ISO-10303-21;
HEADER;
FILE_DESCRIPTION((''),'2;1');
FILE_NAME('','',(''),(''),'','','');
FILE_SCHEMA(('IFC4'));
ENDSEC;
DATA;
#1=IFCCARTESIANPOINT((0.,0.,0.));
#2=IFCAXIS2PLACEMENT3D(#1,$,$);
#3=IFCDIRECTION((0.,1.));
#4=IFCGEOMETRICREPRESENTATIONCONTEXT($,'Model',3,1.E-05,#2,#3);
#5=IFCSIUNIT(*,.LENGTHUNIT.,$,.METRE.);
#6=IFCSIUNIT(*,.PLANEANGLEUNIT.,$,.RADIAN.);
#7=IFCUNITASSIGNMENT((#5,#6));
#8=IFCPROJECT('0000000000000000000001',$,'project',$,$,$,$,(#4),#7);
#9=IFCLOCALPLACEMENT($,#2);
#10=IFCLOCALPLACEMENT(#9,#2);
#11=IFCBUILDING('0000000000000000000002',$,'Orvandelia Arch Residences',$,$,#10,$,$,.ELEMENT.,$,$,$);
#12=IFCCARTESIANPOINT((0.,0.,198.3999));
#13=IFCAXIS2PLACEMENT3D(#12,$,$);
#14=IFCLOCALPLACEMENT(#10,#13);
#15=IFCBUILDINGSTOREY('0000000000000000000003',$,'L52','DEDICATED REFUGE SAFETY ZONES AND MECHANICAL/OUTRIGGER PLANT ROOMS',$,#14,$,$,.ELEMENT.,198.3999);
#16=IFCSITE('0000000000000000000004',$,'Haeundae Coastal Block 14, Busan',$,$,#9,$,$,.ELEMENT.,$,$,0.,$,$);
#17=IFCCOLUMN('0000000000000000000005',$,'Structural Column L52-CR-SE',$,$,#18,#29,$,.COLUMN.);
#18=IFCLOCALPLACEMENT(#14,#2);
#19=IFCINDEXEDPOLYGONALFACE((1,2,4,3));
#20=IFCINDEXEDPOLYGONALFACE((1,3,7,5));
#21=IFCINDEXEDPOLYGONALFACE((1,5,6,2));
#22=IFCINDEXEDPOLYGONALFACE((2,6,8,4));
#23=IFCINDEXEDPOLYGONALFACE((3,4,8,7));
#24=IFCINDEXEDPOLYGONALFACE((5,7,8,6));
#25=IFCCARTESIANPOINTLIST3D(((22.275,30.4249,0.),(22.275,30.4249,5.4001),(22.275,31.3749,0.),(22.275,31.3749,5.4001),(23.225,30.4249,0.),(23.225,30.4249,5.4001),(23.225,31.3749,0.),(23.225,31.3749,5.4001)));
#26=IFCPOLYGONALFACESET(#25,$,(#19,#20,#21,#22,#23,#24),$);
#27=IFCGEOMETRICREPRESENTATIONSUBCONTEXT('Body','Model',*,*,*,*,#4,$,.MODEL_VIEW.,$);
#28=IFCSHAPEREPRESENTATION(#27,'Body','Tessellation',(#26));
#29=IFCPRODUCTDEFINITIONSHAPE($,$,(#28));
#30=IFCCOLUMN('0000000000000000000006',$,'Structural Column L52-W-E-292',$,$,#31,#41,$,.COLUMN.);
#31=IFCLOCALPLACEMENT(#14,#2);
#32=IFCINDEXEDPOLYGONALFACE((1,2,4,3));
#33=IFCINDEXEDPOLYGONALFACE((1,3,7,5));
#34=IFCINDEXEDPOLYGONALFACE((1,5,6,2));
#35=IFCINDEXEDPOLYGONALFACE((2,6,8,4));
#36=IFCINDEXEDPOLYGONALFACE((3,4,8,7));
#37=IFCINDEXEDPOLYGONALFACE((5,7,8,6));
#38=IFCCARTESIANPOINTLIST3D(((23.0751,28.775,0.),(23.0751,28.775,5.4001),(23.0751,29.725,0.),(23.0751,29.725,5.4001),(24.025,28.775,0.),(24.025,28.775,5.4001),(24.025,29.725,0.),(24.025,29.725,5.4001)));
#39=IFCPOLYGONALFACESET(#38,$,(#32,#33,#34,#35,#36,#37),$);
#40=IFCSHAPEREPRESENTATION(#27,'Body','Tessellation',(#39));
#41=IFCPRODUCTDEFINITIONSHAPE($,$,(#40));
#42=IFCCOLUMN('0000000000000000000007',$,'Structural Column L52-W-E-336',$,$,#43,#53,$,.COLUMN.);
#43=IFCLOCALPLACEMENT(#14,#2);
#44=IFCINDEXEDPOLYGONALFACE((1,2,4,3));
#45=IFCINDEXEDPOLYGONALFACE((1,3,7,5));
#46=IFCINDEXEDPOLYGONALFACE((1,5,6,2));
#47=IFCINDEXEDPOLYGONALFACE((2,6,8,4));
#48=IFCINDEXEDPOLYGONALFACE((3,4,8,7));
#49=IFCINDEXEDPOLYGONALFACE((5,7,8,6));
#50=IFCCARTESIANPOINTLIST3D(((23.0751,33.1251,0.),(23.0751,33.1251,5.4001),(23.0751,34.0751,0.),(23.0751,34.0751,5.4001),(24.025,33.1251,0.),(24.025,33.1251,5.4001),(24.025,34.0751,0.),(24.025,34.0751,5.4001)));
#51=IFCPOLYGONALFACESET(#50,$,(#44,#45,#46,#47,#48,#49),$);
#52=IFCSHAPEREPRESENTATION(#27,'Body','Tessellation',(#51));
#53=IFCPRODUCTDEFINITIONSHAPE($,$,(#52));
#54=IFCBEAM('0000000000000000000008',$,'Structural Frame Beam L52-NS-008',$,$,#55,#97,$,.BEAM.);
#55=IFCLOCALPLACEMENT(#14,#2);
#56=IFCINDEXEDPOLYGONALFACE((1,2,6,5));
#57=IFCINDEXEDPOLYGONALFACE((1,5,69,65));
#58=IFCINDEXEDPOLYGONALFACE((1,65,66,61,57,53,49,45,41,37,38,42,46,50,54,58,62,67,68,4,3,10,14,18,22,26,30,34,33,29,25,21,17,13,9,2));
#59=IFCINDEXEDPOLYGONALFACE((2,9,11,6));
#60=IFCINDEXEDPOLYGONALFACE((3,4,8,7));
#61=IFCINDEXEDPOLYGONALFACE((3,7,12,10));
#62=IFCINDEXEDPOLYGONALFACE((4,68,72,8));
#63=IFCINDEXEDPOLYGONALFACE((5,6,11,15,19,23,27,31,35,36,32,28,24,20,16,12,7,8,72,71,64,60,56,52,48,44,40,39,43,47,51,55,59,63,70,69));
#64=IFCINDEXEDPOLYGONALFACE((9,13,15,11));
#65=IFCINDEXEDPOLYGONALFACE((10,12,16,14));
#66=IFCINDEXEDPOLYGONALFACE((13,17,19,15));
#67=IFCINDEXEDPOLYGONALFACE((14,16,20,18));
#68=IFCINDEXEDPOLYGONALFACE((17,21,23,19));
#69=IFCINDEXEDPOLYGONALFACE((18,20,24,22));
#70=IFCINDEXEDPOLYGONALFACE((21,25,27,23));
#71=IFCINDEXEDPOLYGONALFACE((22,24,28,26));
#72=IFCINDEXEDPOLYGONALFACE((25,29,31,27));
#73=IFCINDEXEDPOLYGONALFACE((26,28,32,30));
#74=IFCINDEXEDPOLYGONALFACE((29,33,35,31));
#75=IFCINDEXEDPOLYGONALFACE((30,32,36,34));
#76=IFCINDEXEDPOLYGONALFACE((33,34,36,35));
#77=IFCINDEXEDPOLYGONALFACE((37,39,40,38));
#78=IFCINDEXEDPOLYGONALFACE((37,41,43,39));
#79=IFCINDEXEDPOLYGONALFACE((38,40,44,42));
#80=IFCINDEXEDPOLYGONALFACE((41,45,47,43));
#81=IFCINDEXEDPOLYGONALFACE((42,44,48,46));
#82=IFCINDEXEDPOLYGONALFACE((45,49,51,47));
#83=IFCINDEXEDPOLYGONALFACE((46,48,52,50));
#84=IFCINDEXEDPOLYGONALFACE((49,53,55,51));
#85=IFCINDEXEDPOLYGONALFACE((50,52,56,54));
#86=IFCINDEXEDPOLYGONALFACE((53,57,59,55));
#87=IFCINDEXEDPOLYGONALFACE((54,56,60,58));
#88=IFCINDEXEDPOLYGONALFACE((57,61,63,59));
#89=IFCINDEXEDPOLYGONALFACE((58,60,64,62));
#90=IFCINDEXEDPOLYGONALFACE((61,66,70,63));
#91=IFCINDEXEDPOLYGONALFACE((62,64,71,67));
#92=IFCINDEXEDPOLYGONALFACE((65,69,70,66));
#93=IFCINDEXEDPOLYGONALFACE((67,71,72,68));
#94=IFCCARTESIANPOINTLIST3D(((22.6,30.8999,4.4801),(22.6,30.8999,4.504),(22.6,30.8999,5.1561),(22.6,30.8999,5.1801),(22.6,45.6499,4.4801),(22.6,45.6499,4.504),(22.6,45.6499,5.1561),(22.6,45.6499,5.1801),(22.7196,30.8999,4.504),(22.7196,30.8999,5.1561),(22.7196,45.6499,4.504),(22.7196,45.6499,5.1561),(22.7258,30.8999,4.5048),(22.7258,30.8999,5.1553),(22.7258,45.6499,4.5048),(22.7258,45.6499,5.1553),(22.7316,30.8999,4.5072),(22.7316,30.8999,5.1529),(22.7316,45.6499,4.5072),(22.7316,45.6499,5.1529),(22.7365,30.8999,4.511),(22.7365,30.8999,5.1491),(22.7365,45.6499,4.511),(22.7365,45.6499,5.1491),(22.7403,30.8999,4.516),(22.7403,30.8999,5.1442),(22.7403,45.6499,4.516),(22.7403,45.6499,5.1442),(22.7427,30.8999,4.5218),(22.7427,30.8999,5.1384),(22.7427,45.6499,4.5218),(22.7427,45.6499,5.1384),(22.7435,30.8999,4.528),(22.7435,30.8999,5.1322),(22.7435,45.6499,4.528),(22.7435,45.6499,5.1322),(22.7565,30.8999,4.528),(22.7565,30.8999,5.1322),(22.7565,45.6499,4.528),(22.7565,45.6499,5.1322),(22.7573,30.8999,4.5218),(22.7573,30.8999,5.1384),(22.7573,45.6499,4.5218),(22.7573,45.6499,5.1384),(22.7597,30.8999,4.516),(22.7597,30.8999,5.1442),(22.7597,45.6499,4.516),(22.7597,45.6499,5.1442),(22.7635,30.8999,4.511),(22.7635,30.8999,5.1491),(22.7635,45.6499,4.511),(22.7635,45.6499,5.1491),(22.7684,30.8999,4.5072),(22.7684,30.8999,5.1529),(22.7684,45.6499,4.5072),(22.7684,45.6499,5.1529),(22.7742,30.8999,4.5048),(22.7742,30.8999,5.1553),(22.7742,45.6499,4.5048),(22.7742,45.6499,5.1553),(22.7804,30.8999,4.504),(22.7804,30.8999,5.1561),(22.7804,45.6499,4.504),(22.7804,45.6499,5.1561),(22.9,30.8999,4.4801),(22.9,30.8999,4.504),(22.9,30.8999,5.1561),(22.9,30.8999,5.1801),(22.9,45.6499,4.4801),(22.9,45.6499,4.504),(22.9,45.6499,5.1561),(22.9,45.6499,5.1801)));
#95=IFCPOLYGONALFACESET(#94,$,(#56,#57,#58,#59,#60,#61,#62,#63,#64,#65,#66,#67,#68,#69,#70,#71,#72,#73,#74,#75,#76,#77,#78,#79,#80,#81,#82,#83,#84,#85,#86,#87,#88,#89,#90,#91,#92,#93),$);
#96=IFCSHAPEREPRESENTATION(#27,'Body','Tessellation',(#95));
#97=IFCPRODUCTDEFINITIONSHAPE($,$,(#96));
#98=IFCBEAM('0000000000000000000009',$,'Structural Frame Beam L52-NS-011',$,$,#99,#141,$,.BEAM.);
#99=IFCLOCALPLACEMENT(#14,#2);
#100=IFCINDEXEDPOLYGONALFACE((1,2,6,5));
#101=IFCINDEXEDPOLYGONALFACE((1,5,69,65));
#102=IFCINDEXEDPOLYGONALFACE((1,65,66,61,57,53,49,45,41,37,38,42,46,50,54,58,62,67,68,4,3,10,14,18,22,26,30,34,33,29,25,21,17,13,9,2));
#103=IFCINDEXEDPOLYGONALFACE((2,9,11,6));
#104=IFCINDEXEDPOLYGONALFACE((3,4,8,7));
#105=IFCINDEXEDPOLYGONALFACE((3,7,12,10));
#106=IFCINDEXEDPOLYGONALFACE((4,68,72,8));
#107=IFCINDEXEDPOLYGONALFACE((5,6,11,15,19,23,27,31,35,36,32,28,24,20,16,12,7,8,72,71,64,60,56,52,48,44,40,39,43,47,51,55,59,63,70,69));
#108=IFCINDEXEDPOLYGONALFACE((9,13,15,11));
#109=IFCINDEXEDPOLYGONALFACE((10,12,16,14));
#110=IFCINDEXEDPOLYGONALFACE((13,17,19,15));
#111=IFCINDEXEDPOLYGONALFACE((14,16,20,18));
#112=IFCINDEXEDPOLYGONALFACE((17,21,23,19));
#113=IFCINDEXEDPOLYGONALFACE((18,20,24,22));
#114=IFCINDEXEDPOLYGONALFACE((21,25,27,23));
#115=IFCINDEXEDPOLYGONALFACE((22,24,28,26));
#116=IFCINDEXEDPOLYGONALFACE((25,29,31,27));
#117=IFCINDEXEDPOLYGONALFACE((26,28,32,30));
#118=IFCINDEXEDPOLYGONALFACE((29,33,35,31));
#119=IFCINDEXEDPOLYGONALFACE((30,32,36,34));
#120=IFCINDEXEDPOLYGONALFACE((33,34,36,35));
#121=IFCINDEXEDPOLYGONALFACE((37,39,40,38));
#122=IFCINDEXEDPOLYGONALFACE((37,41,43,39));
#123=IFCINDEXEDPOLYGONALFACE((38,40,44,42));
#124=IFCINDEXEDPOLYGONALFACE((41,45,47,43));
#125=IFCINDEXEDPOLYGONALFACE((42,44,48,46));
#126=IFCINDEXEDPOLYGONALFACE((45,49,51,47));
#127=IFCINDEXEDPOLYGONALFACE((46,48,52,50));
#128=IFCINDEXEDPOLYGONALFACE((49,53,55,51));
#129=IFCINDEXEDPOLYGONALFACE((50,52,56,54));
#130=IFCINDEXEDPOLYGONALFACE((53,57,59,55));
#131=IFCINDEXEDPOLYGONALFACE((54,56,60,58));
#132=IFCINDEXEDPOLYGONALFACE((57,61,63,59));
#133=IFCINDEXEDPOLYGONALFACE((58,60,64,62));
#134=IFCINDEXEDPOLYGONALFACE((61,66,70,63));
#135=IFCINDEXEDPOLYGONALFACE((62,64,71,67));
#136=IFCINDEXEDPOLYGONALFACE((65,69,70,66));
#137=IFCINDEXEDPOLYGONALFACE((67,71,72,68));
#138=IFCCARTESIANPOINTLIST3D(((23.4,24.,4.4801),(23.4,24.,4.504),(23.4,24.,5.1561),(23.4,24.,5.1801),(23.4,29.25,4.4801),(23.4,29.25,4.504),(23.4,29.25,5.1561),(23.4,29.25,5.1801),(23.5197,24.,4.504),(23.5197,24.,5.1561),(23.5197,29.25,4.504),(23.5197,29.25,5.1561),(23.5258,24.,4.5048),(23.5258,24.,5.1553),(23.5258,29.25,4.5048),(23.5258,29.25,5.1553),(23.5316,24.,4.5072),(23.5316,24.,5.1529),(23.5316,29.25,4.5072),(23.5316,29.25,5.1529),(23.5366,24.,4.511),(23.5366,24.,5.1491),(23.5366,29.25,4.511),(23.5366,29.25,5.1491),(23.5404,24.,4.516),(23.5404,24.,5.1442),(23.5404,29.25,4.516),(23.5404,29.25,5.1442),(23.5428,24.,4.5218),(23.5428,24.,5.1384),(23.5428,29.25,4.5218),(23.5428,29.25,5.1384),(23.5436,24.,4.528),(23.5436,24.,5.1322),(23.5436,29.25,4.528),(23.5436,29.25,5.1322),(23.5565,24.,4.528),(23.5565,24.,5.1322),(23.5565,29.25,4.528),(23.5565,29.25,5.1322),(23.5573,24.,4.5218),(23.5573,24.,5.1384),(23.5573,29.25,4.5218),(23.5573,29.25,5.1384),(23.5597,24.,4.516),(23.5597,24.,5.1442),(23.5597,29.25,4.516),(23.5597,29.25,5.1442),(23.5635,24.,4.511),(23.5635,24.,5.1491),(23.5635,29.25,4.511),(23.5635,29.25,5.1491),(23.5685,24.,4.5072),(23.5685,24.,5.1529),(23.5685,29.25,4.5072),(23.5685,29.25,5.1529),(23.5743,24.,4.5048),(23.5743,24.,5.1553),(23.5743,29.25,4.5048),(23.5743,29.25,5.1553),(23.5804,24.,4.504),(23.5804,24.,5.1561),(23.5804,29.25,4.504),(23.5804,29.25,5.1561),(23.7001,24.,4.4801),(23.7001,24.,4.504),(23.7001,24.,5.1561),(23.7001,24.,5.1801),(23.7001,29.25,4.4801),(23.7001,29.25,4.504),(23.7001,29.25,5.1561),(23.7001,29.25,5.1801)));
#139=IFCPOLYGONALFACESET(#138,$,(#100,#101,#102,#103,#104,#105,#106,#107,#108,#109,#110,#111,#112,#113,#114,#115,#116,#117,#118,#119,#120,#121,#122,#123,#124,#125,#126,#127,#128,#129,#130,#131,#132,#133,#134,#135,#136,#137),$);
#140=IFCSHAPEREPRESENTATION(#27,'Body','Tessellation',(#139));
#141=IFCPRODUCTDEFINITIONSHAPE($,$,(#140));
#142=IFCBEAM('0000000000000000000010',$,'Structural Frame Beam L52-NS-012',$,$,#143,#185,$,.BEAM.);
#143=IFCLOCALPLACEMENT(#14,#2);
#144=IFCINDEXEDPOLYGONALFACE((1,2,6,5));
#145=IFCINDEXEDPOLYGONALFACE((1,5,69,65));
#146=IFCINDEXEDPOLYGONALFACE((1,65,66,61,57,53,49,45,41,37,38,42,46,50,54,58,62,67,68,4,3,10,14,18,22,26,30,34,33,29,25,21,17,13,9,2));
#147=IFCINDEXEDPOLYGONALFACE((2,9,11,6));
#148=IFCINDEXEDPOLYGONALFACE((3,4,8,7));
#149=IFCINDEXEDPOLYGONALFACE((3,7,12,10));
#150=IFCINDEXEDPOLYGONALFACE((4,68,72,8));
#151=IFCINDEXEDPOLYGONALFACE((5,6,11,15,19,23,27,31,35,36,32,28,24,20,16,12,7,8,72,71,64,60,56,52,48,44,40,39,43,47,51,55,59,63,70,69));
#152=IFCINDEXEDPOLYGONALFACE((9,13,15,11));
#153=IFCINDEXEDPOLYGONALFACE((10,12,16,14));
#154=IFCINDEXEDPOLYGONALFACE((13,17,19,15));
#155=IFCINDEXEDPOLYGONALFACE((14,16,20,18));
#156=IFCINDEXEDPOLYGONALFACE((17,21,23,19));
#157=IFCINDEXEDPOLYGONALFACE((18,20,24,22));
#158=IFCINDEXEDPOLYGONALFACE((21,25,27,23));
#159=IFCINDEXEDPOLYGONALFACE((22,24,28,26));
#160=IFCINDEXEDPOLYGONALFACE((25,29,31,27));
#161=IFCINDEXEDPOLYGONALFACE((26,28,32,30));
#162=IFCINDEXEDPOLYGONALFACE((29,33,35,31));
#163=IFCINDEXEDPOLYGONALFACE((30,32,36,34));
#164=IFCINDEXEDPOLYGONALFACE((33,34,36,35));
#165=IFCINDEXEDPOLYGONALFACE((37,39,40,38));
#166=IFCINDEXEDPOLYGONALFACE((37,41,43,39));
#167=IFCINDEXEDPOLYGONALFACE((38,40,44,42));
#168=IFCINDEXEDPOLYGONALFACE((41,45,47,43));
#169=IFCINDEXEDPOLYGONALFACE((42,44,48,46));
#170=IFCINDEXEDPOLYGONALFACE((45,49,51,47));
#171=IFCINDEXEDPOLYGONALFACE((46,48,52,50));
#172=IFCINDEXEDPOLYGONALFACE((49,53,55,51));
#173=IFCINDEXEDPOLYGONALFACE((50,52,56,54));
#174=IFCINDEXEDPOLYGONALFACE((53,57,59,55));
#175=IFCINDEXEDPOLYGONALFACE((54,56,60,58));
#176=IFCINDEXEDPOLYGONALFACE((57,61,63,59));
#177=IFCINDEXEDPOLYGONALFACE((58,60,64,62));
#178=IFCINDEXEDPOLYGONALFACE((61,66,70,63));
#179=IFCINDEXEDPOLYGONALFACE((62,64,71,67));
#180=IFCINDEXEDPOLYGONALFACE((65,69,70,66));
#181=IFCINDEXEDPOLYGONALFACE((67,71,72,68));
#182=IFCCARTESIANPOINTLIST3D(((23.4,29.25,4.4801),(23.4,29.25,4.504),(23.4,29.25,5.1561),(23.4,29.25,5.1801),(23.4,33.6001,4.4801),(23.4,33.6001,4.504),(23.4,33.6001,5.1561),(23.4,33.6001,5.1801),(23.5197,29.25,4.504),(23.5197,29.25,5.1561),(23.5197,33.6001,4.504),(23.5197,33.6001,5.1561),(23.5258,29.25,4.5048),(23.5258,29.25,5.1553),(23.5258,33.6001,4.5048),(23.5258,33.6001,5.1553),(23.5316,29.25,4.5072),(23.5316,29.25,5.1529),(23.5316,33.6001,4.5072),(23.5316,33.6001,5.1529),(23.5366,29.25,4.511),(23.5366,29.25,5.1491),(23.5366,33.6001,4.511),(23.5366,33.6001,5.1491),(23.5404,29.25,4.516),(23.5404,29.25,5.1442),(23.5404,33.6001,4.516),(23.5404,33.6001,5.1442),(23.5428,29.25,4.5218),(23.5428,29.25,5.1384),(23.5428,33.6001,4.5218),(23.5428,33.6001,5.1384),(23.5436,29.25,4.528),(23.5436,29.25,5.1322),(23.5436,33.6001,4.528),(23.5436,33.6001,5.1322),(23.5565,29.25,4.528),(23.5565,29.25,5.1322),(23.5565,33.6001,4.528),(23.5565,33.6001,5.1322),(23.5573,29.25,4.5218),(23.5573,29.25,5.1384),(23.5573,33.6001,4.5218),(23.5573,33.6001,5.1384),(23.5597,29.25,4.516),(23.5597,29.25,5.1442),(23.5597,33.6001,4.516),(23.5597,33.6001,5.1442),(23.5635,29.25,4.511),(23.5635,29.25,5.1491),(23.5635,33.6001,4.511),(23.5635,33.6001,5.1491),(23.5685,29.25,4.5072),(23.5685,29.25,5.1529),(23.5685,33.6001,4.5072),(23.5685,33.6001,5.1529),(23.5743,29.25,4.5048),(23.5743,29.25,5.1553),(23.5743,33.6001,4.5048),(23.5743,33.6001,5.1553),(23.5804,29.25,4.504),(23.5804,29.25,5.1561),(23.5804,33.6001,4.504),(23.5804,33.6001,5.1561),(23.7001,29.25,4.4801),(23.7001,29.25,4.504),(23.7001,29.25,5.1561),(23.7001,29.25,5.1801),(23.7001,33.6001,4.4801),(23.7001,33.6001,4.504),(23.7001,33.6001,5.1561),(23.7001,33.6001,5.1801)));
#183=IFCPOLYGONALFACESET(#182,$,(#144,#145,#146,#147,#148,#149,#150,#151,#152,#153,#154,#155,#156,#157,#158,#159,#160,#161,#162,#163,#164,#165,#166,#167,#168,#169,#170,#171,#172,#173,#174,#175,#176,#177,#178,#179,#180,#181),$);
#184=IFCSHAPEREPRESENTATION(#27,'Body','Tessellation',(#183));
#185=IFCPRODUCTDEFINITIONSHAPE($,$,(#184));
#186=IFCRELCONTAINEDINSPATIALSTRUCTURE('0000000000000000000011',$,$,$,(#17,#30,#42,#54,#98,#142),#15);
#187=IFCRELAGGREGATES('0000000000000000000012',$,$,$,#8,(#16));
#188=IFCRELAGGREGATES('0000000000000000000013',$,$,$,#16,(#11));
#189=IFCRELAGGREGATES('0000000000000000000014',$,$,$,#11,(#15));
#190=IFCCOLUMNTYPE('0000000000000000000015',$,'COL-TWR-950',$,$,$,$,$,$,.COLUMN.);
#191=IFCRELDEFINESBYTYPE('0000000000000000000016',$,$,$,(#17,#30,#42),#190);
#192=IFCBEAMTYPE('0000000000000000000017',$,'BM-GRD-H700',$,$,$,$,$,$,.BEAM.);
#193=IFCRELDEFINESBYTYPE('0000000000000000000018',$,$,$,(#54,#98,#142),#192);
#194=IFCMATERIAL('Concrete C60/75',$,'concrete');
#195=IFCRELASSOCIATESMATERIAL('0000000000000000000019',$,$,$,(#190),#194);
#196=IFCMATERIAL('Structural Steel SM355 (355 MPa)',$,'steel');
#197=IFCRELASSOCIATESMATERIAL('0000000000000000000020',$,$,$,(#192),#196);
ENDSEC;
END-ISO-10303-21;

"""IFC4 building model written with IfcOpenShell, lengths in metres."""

from ifc_helpers import new_model, si_unit, direction, frame, origin, origin_2d, place, context, subcontext, project, spatial, rectangle, i_section, extrude, material, material_profile, profile_set, type_object, element, save


model = new_model("IFC4")

# Units and contexts
model_context = context("Model", 3, precision=1e-05, world=origin(), true_north=direction((0.0, 1.0)))
body_context = subcontext(model_context, "Body", "Model", "MODEL_VIEW")
ifc_project = project(units=[si_unit("LENGTHUNIT", "METRE"), si_unit("PLANEANGLEUNIT", "RADIAN")], contexts=[model_context])

# Site, building, storey
site_placement = place(None, origin())
site = spatial("IfcSite", under=ifc_project, at=site_placement, Name="Haeundae Coastal Block 14, Busan", CompositionType="ELEMENT", RefElevation=0.0)
building_placement = place(site_placement, origin())
building = spatial("IfcBuilding", under=site, at=building_placement, Name="Orvandelia Arch Residences", CompositionType="ELEMENT")
storey_placement = place(building_placement, frame((0.0, 0.0, 198.3999)))
storey = spatial("IfcBuildingStorey", under=building, at=storey_placement, Name="L52", Description="DEDICATED REFUGE SAFETY ZONES AND MECHANICAL/OUTRIGGER PLANT ROOMS", CompositionType="ELEMENT", Elevation=198.3999)

# Columns
ifc_material_1 = material(Name="Concrete C60/75", Category="concrete")
ifc_material_profile_1 = material_profile(ifc_material_1, rectangle(XDim=0.95, YDim=0.95, at=origin_2d()), Name="Concrete C60/75", Category="concrete")
ifc_profile_set_1 = profile_set([ifc_material_profile_1], Name="Concrete C60/75")
column_type = type_object("IfcColumnType", Name="COL-TWR-950", PredefinedType="COLUMN", material=ifc_profile_set_1)
for number, where, z_axis, x_axis, name in (
    (1, (22.75, 30.8999, 0.0), (0.0, 0.0, 1.0), (1.0, 0.0, 0.0), "Structural Column L52-CR-SE"),
    (2, (23.55, 29.25, 0.0), (0.0, 0.0, 1.0), (1.0, 0.0, 0.0), "Structural Column L52-W-E-292"),
    (3, (23.55, 33.6001, 0.0), (0.0, 0.0, 1.0), (1.0, 0.0, 0.0), "Structural Column L52-W-E-336"),
):
    element("IfcColumn", number, at=place(storey_placement, frame(where, z_axis=z_axis, x_axis=x_axis)), inside=storey, type_object=column_type, Name=name, PredefinedType="COLUMN", context=body_context, shape_type="SweptSolid", body=[
        extrude(rectangle(XDim=0.95, YDim=0.95, at=origin_2d()), origin(), (0.0, 0.0, 1.0), 5.4001),
    ])

# Beams
ifc_material_2 = material(Name="Structural Steel SM355 (355 MPa)", Category="steel")
ifc_material_profile_2 = material_profile(ifc_material_2, i_section(OverallWidth=0.3, OverallDepth=0.7, WebThickness=0.0129, FlangeThickness=0.0239, FilletRadius=0.0239, at=origin_2d()), Name="Structural Steel SM355 (355 MPa)", Category="steel")
ifc_profile_set_2 = profile_set([ifc_material_profile_2], Name="Structural Steel SM355 (355 MPa)")
beam_type = type_object("IfcBeamType", Name="BM-GRD-H700", PredefinedType="BEAM", material=ifc_profile_set_2)
beam_1_placement = place(storey_placement, frame((22.75, 30.8999, 4.8301), z_axis=(0.0, 1.0, 0.0), x_axis=(-1.0, 0.0, 0.0)))
element("IfcBeam", 4, at=beam_1_placement, inside=storey, type_object=beam_type, Name="Structural Frame Beam L52-NS-008", PredefinedType="BEAM", context=body_context, shape_type="SweptSolid", body=[
    extrude(i_section(OverallWidth=0.3, OverallDepth=0.7, WebThickness=0.0129, FlangeThickness=0.0239, FilletRadius=0.0239, at=origin_2d()), origin(), (0.0, 0.0, 1.0), 14.75),
])
beam_2_placement = place(storey_placement, frame((23.55, 24.0, 4.8301), z_axis=(0.0, 1.0, 0.0), x_axis=(-1.0, 0.0, 0.0)))
element("IfcBeam", 5, at=beam_2_placement, inside=storey, type_object=beam_type, Name="Structural Frame Beam L52-NS-011", PredefinedType="BEAM", context=body_context, shape_type="SweptSolid", body=[
    extrude(i_section(OverallWidth=0.3, OverallDepth=0.7, WebThickness=0.0129, FlangeThickness=0.0239, FilletRadius=0.0239, at=origin_2d()), origin(), (0.0, 0.0, 1.0), 5.25),
])
beam_3_placement = place(storey_placement, frame((23.55, 29.25, 4.8301), z_axis=(0.0, 1.0, 0.0), x_axis=(-1.0, 0.0, 0.0)))
element("IfcBeam", 6, at=beam_3_placement, inside=storey, type_object=beam_type, Name="Structural Frame Beam L52-NS-012", PredefinedType="BEAM", context=body_context, shape_type="SweptSolid", body=[
    extrude(i_section(OverallWidth=0.3, OverallDepth=0.7, WebThickness=0.0129, FlangeThickness=0.0239, FilletRadius=0.0239, at=origin_2d()), origin(), (0.0, 0.0, 1.0), 4.3501),
])

save(model, "model.ifc")
